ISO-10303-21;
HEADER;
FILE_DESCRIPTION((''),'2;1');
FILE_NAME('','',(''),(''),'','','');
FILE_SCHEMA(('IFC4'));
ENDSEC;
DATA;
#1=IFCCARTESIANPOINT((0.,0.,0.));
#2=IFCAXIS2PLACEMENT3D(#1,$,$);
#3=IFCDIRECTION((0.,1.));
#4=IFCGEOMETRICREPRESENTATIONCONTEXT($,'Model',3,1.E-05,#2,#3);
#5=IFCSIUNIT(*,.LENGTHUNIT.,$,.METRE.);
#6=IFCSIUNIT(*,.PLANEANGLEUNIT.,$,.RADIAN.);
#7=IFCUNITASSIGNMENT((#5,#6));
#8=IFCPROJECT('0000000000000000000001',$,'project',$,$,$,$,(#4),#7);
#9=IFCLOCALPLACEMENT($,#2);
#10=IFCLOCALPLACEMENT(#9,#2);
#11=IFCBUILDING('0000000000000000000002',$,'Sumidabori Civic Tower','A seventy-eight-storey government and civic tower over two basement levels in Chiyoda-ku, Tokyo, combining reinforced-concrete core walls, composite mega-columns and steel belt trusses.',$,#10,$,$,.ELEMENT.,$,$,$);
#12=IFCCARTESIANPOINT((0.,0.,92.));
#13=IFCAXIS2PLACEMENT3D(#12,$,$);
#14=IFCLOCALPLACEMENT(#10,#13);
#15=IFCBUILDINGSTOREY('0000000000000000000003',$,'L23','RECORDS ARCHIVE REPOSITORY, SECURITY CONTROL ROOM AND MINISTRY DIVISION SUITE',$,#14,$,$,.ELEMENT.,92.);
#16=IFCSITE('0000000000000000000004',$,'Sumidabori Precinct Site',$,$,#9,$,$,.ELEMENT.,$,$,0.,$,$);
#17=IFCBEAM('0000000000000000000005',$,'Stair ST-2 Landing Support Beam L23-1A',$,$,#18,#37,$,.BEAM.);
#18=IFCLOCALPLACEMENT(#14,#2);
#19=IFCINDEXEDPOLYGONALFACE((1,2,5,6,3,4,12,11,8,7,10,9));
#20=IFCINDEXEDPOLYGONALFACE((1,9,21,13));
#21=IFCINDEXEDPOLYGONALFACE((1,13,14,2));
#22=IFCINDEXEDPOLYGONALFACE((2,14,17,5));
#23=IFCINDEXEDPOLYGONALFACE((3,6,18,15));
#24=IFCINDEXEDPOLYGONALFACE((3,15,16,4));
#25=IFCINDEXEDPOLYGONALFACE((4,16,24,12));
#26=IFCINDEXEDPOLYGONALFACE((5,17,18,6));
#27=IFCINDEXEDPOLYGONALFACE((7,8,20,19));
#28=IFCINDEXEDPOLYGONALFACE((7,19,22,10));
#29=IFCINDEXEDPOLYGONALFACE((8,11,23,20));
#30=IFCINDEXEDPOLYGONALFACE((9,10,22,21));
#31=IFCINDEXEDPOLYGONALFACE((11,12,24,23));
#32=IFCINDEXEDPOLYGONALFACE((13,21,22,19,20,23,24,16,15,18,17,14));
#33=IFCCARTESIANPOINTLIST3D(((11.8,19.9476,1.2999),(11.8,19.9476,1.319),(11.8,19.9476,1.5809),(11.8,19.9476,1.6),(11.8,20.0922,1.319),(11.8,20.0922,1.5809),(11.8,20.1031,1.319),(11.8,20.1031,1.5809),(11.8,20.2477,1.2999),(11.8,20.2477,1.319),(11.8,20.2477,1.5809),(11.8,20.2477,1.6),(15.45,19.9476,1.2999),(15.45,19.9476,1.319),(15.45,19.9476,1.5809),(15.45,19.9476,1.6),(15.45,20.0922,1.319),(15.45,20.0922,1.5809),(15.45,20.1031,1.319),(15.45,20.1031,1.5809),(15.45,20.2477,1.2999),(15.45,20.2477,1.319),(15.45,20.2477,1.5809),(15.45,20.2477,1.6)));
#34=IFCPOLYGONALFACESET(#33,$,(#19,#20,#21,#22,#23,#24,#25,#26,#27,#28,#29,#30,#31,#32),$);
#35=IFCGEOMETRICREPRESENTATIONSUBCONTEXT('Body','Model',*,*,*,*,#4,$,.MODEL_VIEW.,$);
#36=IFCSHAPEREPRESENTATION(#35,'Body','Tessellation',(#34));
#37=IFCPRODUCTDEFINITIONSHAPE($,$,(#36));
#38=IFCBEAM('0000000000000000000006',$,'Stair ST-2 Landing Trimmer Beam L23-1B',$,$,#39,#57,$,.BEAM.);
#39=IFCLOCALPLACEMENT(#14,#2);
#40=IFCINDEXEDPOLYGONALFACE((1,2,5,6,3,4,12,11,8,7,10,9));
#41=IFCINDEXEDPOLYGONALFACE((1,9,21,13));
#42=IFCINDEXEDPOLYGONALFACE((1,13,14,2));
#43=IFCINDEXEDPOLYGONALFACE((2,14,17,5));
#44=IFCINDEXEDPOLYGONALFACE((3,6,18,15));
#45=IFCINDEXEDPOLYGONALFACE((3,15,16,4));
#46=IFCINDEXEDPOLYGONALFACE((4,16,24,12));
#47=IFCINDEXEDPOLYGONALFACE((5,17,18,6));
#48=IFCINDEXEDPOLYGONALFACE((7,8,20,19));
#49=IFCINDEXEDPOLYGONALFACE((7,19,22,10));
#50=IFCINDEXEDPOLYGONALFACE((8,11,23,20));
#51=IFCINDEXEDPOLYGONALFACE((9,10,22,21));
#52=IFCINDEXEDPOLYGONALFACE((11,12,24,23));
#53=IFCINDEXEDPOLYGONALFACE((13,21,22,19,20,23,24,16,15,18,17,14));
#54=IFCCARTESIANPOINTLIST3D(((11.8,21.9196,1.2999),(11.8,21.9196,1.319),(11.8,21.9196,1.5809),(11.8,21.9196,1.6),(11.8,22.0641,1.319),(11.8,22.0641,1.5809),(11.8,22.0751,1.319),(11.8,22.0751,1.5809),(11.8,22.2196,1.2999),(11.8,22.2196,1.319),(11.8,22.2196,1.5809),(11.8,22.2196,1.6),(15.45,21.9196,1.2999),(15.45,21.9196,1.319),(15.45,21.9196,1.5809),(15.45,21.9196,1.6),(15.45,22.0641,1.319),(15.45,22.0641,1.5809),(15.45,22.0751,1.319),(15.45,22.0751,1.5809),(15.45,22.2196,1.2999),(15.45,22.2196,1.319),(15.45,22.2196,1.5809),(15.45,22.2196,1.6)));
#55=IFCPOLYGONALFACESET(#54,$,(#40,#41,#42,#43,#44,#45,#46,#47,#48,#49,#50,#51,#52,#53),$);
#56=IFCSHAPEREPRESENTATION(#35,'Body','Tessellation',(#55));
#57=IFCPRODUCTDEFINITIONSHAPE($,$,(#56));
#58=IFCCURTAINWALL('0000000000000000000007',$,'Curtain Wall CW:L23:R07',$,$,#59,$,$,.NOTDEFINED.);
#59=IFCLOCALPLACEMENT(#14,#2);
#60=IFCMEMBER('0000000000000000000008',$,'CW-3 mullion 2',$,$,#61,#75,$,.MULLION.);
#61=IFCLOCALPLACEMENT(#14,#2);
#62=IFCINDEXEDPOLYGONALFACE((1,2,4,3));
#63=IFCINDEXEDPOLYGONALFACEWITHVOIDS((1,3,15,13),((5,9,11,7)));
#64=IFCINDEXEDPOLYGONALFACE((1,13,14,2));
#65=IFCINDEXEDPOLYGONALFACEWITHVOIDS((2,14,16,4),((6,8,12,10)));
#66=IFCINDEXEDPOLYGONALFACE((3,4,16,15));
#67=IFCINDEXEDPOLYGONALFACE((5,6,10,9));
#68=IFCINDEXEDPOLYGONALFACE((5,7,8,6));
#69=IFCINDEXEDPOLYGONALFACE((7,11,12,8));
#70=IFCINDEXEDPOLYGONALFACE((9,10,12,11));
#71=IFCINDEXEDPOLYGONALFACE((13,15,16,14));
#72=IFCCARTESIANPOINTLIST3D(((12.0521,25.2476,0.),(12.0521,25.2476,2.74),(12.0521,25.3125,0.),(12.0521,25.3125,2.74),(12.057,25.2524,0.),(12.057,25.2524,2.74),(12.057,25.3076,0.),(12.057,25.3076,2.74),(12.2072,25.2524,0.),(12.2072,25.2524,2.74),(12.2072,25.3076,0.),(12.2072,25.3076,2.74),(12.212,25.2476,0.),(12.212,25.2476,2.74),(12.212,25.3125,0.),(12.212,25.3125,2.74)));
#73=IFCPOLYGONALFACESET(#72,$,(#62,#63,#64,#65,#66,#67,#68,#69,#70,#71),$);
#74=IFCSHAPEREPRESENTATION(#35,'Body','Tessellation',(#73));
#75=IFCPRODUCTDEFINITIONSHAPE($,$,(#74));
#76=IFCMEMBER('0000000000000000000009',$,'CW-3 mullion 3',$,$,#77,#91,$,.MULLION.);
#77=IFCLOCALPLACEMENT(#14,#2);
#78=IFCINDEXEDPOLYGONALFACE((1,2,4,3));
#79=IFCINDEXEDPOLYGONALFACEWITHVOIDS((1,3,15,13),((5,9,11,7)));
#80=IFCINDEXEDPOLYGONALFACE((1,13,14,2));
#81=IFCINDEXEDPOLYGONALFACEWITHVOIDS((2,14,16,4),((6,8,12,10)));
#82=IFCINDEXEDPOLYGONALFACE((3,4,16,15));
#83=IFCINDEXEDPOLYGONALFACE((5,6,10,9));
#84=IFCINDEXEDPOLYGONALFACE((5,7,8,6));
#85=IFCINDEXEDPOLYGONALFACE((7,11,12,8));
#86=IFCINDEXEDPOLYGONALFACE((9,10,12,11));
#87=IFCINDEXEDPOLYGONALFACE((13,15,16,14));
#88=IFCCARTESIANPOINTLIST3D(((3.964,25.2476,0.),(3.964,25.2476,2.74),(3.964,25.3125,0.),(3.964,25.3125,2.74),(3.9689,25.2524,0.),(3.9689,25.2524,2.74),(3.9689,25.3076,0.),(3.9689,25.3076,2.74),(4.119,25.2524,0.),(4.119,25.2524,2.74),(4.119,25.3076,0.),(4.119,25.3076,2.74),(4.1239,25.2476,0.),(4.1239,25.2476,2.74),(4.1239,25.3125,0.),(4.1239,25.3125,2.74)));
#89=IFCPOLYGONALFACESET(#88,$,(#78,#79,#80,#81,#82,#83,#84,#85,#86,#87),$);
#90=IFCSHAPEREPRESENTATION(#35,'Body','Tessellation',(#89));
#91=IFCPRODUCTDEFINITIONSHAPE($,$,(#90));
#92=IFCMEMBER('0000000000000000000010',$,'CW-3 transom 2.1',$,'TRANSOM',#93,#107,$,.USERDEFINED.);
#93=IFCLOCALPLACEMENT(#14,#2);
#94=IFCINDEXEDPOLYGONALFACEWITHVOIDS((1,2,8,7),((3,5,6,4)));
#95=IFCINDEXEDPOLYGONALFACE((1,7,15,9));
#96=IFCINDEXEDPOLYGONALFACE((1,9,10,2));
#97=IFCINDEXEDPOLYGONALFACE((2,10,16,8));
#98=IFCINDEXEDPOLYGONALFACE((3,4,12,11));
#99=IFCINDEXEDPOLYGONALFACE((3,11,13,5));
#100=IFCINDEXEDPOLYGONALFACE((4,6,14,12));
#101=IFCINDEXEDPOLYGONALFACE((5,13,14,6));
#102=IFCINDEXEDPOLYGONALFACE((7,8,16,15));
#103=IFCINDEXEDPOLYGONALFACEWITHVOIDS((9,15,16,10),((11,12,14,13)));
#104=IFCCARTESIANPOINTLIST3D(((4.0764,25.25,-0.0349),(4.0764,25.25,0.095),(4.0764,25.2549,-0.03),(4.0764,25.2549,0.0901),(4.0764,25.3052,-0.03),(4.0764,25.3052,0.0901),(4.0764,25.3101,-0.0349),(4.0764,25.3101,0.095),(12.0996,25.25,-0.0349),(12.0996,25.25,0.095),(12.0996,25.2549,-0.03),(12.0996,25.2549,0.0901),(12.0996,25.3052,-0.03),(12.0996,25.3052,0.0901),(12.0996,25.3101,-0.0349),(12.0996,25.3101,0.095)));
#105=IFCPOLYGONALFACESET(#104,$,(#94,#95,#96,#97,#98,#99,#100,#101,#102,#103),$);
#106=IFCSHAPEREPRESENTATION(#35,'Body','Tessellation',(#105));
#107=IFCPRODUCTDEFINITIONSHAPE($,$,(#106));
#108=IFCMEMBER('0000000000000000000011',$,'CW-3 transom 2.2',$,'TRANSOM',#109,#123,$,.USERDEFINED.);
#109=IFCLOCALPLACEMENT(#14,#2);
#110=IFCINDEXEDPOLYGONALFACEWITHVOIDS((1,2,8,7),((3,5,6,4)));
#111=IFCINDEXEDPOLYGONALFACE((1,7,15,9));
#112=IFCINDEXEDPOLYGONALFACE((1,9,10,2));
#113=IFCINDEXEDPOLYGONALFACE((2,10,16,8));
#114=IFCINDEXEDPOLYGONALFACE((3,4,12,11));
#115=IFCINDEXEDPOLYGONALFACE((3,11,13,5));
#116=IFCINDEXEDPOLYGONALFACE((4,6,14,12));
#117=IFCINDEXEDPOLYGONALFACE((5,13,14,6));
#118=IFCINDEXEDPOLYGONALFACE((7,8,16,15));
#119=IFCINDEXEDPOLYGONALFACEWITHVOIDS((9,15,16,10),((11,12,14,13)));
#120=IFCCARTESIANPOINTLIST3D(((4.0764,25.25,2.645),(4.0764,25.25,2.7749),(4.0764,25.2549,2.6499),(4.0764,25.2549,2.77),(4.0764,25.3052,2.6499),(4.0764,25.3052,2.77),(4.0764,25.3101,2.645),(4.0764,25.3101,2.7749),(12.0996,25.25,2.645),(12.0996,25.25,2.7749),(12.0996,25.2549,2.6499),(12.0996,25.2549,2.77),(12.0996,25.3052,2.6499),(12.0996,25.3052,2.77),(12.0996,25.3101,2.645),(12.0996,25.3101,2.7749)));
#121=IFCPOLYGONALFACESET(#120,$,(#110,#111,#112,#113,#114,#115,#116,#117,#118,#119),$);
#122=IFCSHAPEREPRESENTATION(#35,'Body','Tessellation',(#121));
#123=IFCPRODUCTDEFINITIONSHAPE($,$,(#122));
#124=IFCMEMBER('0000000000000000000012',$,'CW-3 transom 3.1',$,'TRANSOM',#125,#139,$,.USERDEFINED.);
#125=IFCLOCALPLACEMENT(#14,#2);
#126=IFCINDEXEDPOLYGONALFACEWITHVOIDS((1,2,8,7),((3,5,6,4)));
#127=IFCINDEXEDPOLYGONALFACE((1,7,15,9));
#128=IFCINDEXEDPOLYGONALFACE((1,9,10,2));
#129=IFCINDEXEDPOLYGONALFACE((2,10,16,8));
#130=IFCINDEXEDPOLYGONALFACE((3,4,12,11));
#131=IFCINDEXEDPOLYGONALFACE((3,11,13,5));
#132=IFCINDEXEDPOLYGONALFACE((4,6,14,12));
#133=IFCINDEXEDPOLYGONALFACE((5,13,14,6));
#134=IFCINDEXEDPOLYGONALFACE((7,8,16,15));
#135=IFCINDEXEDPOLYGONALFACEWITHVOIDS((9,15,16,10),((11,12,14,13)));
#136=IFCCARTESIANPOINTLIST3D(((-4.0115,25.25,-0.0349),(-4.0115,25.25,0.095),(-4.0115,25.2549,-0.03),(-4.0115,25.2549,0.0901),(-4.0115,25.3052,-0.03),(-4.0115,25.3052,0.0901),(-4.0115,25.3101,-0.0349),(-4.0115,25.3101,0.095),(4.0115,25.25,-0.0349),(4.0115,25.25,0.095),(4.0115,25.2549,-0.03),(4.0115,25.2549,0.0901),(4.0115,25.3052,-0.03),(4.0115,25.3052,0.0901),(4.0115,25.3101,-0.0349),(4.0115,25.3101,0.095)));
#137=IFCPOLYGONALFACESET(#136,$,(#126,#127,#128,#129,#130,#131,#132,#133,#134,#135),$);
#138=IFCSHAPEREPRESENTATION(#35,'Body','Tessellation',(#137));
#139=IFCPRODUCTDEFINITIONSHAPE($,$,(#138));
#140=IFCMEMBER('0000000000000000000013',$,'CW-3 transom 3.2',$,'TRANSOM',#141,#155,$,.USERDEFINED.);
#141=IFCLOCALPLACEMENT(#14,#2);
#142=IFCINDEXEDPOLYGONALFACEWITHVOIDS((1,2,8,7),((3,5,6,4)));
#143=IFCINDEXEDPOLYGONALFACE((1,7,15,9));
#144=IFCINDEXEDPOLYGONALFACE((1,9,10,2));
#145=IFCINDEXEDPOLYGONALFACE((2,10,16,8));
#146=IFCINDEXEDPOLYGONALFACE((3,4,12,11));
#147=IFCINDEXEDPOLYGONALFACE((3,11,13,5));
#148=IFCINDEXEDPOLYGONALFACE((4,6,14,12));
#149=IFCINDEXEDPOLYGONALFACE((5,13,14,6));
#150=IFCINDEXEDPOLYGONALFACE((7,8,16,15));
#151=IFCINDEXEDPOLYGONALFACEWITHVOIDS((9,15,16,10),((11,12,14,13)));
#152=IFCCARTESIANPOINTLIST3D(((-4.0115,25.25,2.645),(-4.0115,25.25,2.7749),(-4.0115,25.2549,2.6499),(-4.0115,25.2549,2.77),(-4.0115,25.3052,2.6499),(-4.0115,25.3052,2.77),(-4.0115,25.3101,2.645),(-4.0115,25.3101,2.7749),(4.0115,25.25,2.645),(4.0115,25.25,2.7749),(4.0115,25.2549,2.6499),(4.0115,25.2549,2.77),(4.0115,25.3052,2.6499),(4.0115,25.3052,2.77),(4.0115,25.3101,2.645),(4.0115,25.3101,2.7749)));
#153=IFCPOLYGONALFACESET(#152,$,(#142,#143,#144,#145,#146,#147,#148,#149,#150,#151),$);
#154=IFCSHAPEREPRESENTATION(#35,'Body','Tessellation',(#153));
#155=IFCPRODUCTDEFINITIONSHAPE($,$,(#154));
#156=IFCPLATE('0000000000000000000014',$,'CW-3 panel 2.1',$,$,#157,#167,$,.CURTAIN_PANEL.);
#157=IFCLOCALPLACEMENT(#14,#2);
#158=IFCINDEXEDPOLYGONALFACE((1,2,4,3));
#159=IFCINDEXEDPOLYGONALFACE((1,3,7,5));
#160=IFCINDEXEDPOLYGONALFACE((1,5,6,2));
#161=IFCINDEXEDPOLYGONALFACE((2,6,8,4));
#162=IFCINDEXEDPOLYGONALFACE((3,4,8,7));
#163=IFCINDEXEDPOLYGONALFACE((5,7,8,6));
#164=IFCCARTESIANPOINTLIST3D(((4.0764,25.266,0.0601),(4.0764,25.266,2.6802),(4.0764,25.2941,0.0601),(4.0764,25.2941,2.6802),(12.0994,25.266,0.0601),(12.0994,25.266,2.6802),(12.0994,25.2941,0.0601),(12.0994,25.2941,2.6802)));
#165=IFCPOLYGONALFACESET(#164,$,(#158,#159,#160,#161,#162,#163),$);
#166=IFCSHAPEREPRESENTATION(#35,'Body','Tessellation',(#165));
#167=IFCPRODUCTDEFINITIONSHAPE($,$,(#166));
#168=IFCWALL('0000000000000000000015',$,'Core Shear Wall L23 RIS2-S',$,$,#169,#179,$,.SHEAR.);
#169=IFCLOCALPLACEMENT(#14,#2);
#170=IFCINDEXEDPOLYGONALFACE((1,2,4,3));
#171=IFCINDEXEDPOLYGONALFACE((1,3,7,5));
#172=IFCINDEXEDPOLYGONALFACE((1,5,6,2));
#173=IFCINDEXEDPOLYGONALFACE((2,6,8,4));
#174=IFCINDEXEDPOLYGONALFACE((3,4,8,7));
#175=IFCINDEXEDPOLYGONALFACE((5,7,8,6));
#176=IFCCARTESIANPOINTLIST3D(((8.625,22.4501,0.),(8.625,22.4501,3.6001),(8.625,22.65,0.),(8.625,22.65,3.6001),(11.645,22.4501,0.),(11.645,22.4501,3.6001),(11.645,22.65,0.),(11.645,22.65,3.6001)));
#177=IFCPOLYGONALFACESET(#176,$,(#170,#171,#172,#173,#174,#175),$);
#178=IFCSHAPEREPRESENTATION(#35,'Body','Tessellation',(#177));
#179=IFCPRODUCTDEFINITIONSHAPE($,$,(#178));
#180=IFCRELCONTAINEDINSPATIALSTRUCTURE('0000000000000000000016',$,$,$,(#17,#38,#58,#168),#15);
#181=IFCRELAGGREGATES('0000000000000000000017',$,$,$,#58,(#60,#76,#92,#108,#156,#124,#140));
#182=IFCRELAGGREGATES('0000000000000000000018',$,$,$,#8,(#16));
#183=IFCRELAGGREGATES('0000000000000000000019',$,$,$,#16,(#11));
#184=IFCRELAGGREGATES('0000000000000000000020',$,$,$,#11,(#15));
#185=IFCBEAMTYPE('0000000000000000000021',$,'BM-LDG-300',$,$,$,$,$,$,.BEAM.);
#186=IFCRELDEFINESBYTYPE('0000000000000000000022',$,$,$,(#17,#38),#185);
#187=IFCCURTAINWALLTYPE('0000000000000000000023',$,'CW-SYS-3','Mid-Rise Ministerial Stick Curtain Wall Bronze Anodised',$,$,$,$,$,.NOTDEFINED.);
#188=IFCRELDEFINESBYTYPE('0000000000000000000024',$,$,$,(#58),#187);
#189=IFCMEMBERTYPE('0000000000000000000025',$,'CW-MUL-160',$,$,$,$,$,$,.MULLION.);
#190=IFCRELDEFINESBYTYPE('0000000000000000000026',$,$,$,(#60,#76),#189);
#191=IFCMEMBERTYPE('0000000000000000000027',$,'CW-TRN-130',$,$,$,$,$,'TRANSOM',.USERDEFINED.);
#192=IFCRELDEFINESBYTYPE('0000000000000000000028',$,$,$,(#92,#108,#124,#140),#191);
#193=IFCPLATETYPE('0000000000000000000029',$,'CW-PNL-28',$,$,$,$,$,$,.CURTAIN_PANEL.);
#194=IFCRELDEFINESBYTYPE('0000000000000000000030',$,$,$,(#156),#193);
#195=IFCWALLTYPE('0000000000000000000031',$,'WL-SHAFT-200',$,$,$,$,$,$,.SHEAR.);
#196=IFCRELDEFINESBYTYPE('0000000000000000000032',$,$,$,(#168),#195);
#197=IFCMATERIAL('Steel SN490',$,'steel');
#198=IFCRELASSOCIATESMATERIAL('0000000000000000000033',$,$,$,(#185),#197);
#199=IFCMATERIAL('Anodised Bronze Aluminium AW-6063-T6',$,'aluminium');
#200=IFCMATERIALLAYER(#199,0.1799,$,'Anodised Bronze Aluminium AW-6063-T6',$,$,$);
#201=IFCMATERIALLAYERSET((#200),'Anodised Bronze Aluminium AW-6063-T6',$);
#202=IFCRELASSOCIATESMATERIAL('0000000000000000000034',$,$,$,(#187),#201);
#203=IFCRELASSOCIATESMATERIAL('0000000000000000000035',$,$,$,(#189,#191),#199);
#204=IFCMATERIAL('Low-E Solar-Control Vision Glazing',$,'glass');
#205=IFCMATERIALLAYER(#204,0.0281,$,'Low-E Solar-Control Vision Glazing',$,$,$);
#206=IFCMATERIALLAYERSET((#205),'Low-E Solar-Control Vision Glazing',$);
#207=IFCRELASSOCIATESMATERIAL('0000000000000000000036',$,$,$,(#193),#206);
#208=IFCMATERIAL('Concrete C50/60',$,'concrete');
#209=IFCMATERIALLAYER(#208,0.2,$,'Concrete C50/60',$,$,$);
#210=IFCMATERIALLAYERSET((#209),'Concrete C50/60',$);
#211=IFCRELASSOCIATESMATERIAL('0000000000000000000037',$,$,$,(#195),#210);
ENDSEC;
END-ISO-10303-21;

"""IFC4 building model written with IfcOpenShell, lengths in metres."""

from ifc_helpers import new_model, si_unit, direction, frame, frame_2d, origin, origin_2d, place, context, subcontext, project, spatial, rectangle, hollow_rectangle, i_section, extrude, source, transform, mapped, material, layer, layer_set, material_profile, profile_set, type_object, element, aggregate, save


model = new_model("IFC4")

# Units and contexts
model_context = context("Model", 3, precision=1e-05, world=origin(), true_north=direction((0.0, 1.0)))
body_context = subcontext(model_context, "Body", "Model", "MODEL_VIEW")
ifc_project = project(units=[si_unit("LENGTHUNIT", "METRE"), si_unit("PLANEANGLEUNIT", "RADIAN")], contexts=[model_context])

# Site, building, storey
site_placement = place(None, origin())
site = spatial("IfcSite", under=ifc_project, at=site_placement, Name="Sumidabori Precinct Site", CompositionType="ELEMENT", RefElevation=0.0)
building_placement = place(site_placement, origin())
building = spatial("IfcBuilding", under=site, at=building_placement, Name="Sumidabori Civic Tower", Description="A seventy-eight-storey government and civic tower over two basement levels in Chiyoda-ku, Tokyo, combining reinforced-concrete core walls, composite mega-columns and steel belt trusses.", CompositionType="ELEMENT")
storey_placement = place(building_placement, frame((0.0, 0.0, 92.0)))
storey = spatial("IfcBuildingStorey", under=building, at=storey_placement, Name="L23", Description="RECORDS ARCHIVE REPOSITORY, SECURITY CONTROL ROOM AND MINISTRY DIVISION SUITE", CompositionType="ELEMENT", Elevation=92.0)

# Beams
ifc_material_1 = material(Name="Steel SN490", Category="steel")
ifc_material_profile_1 = material_profile(ifc_material_1, i_section(OverallWidth=0.3, OverallDepth=0.3, WebThickness=0.011, FlangeThickness=0.019, at=origin_2d()), Name="HE 300 B")
ifc_profile_set_1 = profile_set([ifc_material_profile_1], Name="Steel SN490")
beam_type = type_object("IfcBeamType", Name="BM-LDG-300", PredefinedType="BEAM", material=ifc_profile_set_1)
shared_shape_1 = source(origin(), body_context, "Body", "SweptSolid", [
    extrude(i_section(OverallWidth=0.3, OverallDepth=0.3, WebThickness=0.011, FlangeThickness=0.019, at=origin_2d()), origin(), (0.0, 0.0, 1.0), 3.6499),
])
for number, where, z_axis, x_axis, name in (
    (1, (11.8, 20.0977, 1.45), (1.0, 0.0, 0.0), (0.0, 1.0, 0.0), "Stair ST-2 Landing Support Beam L23-1A"),
    (2, (11.8, 22.0696, 1.45), (1.0, 0.0, 0.0), (0.0, 1.0, 0.0), "Stair ST-2 Landing Trimmer Beam L23-1B"),
):
    element("IfcBeam", number, at=place(storey_placement, frame(where, z_axis=z_axis, x_axis=x_axis)), inside=storey, type_object=beam_type, Name=name, PredefinedType="BEAM", context=body_context, shape_type="MappedRepresentation", body=[
        mapped(shared_shape_1, transform((0.0, 0.0, 0.0), x_axis=(1.0, 0.0, 0.0), y_axis=(0.0, 1.0, 0.0), z_axis=(0.0, 0.0, 1.0), scale=1.0)),
    ])

# Curtain wall, members, plate
ifc_material_2 = material(Name="Anodised Bronze Aluminium AW-6063-T6", Category="aluminium")
ifc_layer_1 = layer(ifc_material_2, 0.1799, Name="Anodised Bronze Aluminium AW-6063-T6")
ifc_layer_set_1 = layer_set([ifc_layer_1], Name="Anodised Bronze Aluminium AW-6063-T6")
curtain_wall_type = type_object("IfcCurtainWallType", Name="CW-SYS-3", Description="Mid-Rise Ministerial Stick Curtain Wall Bronze Anodised", PredefinedType="NOTDEFINED", material=ifc_layer_set_1)
curtain_wall_placement = place(storey_placement, origin())
curtain_wall = element("IfcCurtainWall", 3, at=curtain_wall_placement, inside=storey, type_object=curtain_wall_type, Name="Curtain Wall CW:L23:R07", PredefinedType="NOTDEFINED")
ifc_material_profile_2 = material_profile(ifc_material_2, hollow_rectangle(XDim=0.0649, YDim=0.1599, WallThickness=0.0049, at=origin_2d()), Name="ALU MULLION 160x65")
ifc_profile_set_2 = profile_set([ifc_material_profile_2], Name="Anodised Bronze Aluminium AW-6063-T6")
member_type_1 = type_object("IfcMemberType", Name="CW-MUL-160", PredefinedType="MULLION", material=ifc_profile_set_2)
shared_shape_2 = source(origin(), body_context, "Body", "SweptSolid", [
    extrude(hollow_rectangle(XDim=0.0649, YDim=0.1599, WallThickness=0.0049, at=origin_2d()), origin(), (0.0, 0.0, 1.0), 2.74),
])
member_1_placement = place(storey_placement, frame((12.1321, 25.28, 0.0), z_axis=(0.0, 0.0, 1.0), x_axis=(0.0, -1.0, 0.0)))
member_1 = element("IfcMember", 4, at=member_1_placement, type_object=member_type_1, Name="CW-3 mullion 2", PredefinedType="MULLION", context=body_context, shape_type="MappedRepresentation", body=[
    mapped(shared_shape_2, transform((0.0, 0.0, 0.0), x_axis=(1.0, 0.0, 0.0), y_axis=(0.0, 1.0, 0.0), z_axis=(0.0, 0.0, 1.0), scale=1.0)),
])
member_2_placement = place(storey_placement, frame((4.0439, 25.28, 0.0), z_axis=(0.0, 0.0, 1.0), x_axis=(0.0, -1.0, 0.0)))
member_2 = element("IfcMember", 5, at=member_2_placement, type_object=member_type_1, Name="CW-3 mullion 3", PredefinedType="MULLION", context=body_context, shape_type="MappedRepresentation", body=[
    mapped(shared_shape_2, transform((0.0, 0.0, 0.0), x_axis=(1.0, 0.0, 0.0), y_axis=(0.0, 1.0, 0.0), z_axis=(0.0, 0.0, 1.0), scale=1.0)),
])
ifc_material_profile_3 = material_profile(ifc_material_2, hollow_rectangle(XDim=0.0601, YDim=0.1299, WallThickness=0.0049, at=origin_2d()), Name="ALU TRANSOM 130x60")
ifc_profile_set_3 = profile_set([ifc_material_profile_3], Name="Anodised Bronze Aluminium AW-6063-T6")
member_type_2 = type_object("IfcMemberType", Name="CW-TRN-130", ElementType="TRANSOM", PredefinedType="USERDEFINED", material=ifc_profile_set_3)
shared_shape_3 = source(origin(), body_context, "Body", "SweptSolid", [
    extrude(hollow_rectangle(XDim=0.0601, YDim=0.1299, WallThickness=0.0049, at=origin_2d()), origin(), (0.0, 0.0, 1.0), 8.0232),
])
member_3_placement = place(storey_placement, frame((12.0996, 25.28, 0.03), z_axis=(-1.0, 0.0, 0.0), x_axis=(0.0, -1.0, 0.0)))
member_3 = element("IfcMember", 6, at=member_3_placement, type_object=member_type_2, Name="CW-3 transom 2.1", ObjectType="TRANSOM", PredefinedType="USERDEFINED", context=body_context, shape_type="MappedRepresentation", body=[
    mapped(shared_shape_3, transform((0.0, 0.0, 0.0), x_axis=(1.0, 0.0, 0.0), y_axis=(0.0, 1.0, 0.0), z_axis=(0.0, 0.0, 1.0), scale=1.0)),
])
member_4_placement = place(storey_placement, frame((12.0996, 25.28, 2.71), z_axis=(-1.0, 0.0, 0.0), x_axis=(0.0, -1.0, 0.0)))
member_4 = element("IfcMember", 7, at=member_4_placement, type_object=member_type_2, Name="CW-3 transom 2.2", ObjectType="TRANSOM", PredefinedType="USERDEFINED", context=body_context, shape_type="MappedRepresentation", body=[
    mapped(shared_shape_3, transform((0.0, 0.0, 0.0), x_axis=(1.0, 0.0, 0.0), y_axis=(0.0, 1.0, 0.0), z_axis=(0.0, 0.0, 1.0), scale=1.0)),
])
shared_shape_4 = source(origin(), body_context, "Body", "SweptSolid", [
    extrude(hollow_rectangle(XDim=0.0601, YDim=0.1299, WallThickness=0.0049, at=origin_2d()), origin(), (0.0, 0.0, 1.0), 8.0229),
])
member_5_placement = place(storey_placement, frame((4.0115, 25.28, 0.03), z_axis=(-1.0, 0.0, 0.0), x_axis=(0.0, -1.0, 0.0)))
member_5 = element("IfcMember", 8, at=member_5_placement, type_object=member_type_2, Name="CW-3 transom 3.1", ObjectType="TRANSOM", PredefinedType="USERDEFINED", context=body_context, shape_type="MappedRepresentation", body=[
    mapped(shared_shape_4, transform((0.0, 0.0, 0.0), x_axis=(1.0, 0.0, 0.0), y_axis=(0.0, 1.0, 0.0), z_axis=(0.0, 0.0, 1.0), scale=1.0)),
])
member_6_placement = place(storey_placement, frame((4.0115, 25.28, 2.71), z_axis=(-1.0, 0.0, 0.0), x_axis=(0.0, -1.0, 0.0)))
member_6 = element("IfcMember", 9, at=member_6_placement, type_object=member_type_2, Name="CW-3 transom 3.2", ObjectType="TRANSOM", PredefinedType="USERDEFINED", context=body_context, shape_type="MappedRepresentation", body=[
    mapped(shared_shape_4, transform((0.0, 0.0, 0.0), x_axis=(1.0, 0.0, 0.0), y_axis=(0.0, 1.0, 0.0), z_axis=(0.0, 0.0, 1.0), scale=1.0)),
])
ifc_material_3 = material(Name="Low-E Solar-Control Vision Glazing", Category="glass")
ifc_layer_2 = layer(ifc_material_3, 0.0281, Name="Low-E Solar-Control Vision Glazing")
ifc_layer_set_2 = layer_set([ifc_layer_2], Name="Low-E Solar-Control Vision Glazing")
plate_type = type_object("IfcPlateType", Name="CW-PNL-28", PredefinedType="CURTAIN_PANEL", material=ifc_layer_set_2)
shared_shape_5 = source(origin(), body_context, "Body", "SweptSolid", [
    extrude(rectangle(XDim=8.0229, YDim=0.0281, at=origin_2d()), origin(), (0.0, 0.0, 1.0), 2.6201),
])
plate_placement = place(storey_placement, frame((8.0879, 25.28, 0.0601), z_axis=(0.0, 0.0, 1.0), x_axis=(-1.0, 0.0, 0.0)))
plate = element("IfcPlate", 10, at=plate_placement, type_object=plate_type, Name="CW-3 panel 2.1", PredefinedType="CURTAIN_PANEL", context=body_context, shape_type="MappedRepresentation", body=[
    mapped(shared_shape_5, transform((0.0, 0.0, 0.0), x_axis=(1.0, 0.0, 0.0), y_axis=(0.0, 1.0, 0.0), z_axis=(0.0, 0.0, 1.0), scale=1.0)),
])
aggregate(curtain_wall, [member_1, member_2, member_3, member_4, plate, member_5, member_6])

# Wall
ifc_material_4 = material(Name="Concrete C50/60", Category="concrete")
ifc_layer_3 = layer(ifc_material_4, 0.2, Name="Concrete C50/60")
ifc_layer_set_3 = layer_set([ifc_layer_3], Name="Concrete C50/60")
wall_type_1 = type_object("IfcWallType", Name="WL-SHAFT-200", PredefinedType="SHEAR", material=ifc_layer_set_3)
shared_shape_6 = source(origin(), body_context, "Body", "SweptSolid", [
    extrude(rectangle(XDim=3.02, YDim=0.2, at=frame_2d((1.51, 0.0))), origin(), (0.0, 0.0, 1.0), 3.6001),
])
wall_1_placement = place(storey_placement, frame((8.625, 22.55, 0.0), z_axis=(0.0, 0.0, 1.0), x_axis=(1.0, 0.0, 0.0)))
element("IfcWall", 11, at=wall_1_placement, inside=storey, type_object=wall_type_1, Name="Core Shear Wall L23 RIS2-S", PredefinedType="SHEAR", context=body_context, shape_type="MappedRepresentation", body=[
    mapped(shared_shape_6, transform((0.0, 0.0, 0.0), x_axis=(1.0, 0.0, 0.0), y_axis=(0.0, 1.0, 0.0), z_axis=(0.0, 0.0, 1.0), scale=1.0)),
])

save(model, "model.ifc")
